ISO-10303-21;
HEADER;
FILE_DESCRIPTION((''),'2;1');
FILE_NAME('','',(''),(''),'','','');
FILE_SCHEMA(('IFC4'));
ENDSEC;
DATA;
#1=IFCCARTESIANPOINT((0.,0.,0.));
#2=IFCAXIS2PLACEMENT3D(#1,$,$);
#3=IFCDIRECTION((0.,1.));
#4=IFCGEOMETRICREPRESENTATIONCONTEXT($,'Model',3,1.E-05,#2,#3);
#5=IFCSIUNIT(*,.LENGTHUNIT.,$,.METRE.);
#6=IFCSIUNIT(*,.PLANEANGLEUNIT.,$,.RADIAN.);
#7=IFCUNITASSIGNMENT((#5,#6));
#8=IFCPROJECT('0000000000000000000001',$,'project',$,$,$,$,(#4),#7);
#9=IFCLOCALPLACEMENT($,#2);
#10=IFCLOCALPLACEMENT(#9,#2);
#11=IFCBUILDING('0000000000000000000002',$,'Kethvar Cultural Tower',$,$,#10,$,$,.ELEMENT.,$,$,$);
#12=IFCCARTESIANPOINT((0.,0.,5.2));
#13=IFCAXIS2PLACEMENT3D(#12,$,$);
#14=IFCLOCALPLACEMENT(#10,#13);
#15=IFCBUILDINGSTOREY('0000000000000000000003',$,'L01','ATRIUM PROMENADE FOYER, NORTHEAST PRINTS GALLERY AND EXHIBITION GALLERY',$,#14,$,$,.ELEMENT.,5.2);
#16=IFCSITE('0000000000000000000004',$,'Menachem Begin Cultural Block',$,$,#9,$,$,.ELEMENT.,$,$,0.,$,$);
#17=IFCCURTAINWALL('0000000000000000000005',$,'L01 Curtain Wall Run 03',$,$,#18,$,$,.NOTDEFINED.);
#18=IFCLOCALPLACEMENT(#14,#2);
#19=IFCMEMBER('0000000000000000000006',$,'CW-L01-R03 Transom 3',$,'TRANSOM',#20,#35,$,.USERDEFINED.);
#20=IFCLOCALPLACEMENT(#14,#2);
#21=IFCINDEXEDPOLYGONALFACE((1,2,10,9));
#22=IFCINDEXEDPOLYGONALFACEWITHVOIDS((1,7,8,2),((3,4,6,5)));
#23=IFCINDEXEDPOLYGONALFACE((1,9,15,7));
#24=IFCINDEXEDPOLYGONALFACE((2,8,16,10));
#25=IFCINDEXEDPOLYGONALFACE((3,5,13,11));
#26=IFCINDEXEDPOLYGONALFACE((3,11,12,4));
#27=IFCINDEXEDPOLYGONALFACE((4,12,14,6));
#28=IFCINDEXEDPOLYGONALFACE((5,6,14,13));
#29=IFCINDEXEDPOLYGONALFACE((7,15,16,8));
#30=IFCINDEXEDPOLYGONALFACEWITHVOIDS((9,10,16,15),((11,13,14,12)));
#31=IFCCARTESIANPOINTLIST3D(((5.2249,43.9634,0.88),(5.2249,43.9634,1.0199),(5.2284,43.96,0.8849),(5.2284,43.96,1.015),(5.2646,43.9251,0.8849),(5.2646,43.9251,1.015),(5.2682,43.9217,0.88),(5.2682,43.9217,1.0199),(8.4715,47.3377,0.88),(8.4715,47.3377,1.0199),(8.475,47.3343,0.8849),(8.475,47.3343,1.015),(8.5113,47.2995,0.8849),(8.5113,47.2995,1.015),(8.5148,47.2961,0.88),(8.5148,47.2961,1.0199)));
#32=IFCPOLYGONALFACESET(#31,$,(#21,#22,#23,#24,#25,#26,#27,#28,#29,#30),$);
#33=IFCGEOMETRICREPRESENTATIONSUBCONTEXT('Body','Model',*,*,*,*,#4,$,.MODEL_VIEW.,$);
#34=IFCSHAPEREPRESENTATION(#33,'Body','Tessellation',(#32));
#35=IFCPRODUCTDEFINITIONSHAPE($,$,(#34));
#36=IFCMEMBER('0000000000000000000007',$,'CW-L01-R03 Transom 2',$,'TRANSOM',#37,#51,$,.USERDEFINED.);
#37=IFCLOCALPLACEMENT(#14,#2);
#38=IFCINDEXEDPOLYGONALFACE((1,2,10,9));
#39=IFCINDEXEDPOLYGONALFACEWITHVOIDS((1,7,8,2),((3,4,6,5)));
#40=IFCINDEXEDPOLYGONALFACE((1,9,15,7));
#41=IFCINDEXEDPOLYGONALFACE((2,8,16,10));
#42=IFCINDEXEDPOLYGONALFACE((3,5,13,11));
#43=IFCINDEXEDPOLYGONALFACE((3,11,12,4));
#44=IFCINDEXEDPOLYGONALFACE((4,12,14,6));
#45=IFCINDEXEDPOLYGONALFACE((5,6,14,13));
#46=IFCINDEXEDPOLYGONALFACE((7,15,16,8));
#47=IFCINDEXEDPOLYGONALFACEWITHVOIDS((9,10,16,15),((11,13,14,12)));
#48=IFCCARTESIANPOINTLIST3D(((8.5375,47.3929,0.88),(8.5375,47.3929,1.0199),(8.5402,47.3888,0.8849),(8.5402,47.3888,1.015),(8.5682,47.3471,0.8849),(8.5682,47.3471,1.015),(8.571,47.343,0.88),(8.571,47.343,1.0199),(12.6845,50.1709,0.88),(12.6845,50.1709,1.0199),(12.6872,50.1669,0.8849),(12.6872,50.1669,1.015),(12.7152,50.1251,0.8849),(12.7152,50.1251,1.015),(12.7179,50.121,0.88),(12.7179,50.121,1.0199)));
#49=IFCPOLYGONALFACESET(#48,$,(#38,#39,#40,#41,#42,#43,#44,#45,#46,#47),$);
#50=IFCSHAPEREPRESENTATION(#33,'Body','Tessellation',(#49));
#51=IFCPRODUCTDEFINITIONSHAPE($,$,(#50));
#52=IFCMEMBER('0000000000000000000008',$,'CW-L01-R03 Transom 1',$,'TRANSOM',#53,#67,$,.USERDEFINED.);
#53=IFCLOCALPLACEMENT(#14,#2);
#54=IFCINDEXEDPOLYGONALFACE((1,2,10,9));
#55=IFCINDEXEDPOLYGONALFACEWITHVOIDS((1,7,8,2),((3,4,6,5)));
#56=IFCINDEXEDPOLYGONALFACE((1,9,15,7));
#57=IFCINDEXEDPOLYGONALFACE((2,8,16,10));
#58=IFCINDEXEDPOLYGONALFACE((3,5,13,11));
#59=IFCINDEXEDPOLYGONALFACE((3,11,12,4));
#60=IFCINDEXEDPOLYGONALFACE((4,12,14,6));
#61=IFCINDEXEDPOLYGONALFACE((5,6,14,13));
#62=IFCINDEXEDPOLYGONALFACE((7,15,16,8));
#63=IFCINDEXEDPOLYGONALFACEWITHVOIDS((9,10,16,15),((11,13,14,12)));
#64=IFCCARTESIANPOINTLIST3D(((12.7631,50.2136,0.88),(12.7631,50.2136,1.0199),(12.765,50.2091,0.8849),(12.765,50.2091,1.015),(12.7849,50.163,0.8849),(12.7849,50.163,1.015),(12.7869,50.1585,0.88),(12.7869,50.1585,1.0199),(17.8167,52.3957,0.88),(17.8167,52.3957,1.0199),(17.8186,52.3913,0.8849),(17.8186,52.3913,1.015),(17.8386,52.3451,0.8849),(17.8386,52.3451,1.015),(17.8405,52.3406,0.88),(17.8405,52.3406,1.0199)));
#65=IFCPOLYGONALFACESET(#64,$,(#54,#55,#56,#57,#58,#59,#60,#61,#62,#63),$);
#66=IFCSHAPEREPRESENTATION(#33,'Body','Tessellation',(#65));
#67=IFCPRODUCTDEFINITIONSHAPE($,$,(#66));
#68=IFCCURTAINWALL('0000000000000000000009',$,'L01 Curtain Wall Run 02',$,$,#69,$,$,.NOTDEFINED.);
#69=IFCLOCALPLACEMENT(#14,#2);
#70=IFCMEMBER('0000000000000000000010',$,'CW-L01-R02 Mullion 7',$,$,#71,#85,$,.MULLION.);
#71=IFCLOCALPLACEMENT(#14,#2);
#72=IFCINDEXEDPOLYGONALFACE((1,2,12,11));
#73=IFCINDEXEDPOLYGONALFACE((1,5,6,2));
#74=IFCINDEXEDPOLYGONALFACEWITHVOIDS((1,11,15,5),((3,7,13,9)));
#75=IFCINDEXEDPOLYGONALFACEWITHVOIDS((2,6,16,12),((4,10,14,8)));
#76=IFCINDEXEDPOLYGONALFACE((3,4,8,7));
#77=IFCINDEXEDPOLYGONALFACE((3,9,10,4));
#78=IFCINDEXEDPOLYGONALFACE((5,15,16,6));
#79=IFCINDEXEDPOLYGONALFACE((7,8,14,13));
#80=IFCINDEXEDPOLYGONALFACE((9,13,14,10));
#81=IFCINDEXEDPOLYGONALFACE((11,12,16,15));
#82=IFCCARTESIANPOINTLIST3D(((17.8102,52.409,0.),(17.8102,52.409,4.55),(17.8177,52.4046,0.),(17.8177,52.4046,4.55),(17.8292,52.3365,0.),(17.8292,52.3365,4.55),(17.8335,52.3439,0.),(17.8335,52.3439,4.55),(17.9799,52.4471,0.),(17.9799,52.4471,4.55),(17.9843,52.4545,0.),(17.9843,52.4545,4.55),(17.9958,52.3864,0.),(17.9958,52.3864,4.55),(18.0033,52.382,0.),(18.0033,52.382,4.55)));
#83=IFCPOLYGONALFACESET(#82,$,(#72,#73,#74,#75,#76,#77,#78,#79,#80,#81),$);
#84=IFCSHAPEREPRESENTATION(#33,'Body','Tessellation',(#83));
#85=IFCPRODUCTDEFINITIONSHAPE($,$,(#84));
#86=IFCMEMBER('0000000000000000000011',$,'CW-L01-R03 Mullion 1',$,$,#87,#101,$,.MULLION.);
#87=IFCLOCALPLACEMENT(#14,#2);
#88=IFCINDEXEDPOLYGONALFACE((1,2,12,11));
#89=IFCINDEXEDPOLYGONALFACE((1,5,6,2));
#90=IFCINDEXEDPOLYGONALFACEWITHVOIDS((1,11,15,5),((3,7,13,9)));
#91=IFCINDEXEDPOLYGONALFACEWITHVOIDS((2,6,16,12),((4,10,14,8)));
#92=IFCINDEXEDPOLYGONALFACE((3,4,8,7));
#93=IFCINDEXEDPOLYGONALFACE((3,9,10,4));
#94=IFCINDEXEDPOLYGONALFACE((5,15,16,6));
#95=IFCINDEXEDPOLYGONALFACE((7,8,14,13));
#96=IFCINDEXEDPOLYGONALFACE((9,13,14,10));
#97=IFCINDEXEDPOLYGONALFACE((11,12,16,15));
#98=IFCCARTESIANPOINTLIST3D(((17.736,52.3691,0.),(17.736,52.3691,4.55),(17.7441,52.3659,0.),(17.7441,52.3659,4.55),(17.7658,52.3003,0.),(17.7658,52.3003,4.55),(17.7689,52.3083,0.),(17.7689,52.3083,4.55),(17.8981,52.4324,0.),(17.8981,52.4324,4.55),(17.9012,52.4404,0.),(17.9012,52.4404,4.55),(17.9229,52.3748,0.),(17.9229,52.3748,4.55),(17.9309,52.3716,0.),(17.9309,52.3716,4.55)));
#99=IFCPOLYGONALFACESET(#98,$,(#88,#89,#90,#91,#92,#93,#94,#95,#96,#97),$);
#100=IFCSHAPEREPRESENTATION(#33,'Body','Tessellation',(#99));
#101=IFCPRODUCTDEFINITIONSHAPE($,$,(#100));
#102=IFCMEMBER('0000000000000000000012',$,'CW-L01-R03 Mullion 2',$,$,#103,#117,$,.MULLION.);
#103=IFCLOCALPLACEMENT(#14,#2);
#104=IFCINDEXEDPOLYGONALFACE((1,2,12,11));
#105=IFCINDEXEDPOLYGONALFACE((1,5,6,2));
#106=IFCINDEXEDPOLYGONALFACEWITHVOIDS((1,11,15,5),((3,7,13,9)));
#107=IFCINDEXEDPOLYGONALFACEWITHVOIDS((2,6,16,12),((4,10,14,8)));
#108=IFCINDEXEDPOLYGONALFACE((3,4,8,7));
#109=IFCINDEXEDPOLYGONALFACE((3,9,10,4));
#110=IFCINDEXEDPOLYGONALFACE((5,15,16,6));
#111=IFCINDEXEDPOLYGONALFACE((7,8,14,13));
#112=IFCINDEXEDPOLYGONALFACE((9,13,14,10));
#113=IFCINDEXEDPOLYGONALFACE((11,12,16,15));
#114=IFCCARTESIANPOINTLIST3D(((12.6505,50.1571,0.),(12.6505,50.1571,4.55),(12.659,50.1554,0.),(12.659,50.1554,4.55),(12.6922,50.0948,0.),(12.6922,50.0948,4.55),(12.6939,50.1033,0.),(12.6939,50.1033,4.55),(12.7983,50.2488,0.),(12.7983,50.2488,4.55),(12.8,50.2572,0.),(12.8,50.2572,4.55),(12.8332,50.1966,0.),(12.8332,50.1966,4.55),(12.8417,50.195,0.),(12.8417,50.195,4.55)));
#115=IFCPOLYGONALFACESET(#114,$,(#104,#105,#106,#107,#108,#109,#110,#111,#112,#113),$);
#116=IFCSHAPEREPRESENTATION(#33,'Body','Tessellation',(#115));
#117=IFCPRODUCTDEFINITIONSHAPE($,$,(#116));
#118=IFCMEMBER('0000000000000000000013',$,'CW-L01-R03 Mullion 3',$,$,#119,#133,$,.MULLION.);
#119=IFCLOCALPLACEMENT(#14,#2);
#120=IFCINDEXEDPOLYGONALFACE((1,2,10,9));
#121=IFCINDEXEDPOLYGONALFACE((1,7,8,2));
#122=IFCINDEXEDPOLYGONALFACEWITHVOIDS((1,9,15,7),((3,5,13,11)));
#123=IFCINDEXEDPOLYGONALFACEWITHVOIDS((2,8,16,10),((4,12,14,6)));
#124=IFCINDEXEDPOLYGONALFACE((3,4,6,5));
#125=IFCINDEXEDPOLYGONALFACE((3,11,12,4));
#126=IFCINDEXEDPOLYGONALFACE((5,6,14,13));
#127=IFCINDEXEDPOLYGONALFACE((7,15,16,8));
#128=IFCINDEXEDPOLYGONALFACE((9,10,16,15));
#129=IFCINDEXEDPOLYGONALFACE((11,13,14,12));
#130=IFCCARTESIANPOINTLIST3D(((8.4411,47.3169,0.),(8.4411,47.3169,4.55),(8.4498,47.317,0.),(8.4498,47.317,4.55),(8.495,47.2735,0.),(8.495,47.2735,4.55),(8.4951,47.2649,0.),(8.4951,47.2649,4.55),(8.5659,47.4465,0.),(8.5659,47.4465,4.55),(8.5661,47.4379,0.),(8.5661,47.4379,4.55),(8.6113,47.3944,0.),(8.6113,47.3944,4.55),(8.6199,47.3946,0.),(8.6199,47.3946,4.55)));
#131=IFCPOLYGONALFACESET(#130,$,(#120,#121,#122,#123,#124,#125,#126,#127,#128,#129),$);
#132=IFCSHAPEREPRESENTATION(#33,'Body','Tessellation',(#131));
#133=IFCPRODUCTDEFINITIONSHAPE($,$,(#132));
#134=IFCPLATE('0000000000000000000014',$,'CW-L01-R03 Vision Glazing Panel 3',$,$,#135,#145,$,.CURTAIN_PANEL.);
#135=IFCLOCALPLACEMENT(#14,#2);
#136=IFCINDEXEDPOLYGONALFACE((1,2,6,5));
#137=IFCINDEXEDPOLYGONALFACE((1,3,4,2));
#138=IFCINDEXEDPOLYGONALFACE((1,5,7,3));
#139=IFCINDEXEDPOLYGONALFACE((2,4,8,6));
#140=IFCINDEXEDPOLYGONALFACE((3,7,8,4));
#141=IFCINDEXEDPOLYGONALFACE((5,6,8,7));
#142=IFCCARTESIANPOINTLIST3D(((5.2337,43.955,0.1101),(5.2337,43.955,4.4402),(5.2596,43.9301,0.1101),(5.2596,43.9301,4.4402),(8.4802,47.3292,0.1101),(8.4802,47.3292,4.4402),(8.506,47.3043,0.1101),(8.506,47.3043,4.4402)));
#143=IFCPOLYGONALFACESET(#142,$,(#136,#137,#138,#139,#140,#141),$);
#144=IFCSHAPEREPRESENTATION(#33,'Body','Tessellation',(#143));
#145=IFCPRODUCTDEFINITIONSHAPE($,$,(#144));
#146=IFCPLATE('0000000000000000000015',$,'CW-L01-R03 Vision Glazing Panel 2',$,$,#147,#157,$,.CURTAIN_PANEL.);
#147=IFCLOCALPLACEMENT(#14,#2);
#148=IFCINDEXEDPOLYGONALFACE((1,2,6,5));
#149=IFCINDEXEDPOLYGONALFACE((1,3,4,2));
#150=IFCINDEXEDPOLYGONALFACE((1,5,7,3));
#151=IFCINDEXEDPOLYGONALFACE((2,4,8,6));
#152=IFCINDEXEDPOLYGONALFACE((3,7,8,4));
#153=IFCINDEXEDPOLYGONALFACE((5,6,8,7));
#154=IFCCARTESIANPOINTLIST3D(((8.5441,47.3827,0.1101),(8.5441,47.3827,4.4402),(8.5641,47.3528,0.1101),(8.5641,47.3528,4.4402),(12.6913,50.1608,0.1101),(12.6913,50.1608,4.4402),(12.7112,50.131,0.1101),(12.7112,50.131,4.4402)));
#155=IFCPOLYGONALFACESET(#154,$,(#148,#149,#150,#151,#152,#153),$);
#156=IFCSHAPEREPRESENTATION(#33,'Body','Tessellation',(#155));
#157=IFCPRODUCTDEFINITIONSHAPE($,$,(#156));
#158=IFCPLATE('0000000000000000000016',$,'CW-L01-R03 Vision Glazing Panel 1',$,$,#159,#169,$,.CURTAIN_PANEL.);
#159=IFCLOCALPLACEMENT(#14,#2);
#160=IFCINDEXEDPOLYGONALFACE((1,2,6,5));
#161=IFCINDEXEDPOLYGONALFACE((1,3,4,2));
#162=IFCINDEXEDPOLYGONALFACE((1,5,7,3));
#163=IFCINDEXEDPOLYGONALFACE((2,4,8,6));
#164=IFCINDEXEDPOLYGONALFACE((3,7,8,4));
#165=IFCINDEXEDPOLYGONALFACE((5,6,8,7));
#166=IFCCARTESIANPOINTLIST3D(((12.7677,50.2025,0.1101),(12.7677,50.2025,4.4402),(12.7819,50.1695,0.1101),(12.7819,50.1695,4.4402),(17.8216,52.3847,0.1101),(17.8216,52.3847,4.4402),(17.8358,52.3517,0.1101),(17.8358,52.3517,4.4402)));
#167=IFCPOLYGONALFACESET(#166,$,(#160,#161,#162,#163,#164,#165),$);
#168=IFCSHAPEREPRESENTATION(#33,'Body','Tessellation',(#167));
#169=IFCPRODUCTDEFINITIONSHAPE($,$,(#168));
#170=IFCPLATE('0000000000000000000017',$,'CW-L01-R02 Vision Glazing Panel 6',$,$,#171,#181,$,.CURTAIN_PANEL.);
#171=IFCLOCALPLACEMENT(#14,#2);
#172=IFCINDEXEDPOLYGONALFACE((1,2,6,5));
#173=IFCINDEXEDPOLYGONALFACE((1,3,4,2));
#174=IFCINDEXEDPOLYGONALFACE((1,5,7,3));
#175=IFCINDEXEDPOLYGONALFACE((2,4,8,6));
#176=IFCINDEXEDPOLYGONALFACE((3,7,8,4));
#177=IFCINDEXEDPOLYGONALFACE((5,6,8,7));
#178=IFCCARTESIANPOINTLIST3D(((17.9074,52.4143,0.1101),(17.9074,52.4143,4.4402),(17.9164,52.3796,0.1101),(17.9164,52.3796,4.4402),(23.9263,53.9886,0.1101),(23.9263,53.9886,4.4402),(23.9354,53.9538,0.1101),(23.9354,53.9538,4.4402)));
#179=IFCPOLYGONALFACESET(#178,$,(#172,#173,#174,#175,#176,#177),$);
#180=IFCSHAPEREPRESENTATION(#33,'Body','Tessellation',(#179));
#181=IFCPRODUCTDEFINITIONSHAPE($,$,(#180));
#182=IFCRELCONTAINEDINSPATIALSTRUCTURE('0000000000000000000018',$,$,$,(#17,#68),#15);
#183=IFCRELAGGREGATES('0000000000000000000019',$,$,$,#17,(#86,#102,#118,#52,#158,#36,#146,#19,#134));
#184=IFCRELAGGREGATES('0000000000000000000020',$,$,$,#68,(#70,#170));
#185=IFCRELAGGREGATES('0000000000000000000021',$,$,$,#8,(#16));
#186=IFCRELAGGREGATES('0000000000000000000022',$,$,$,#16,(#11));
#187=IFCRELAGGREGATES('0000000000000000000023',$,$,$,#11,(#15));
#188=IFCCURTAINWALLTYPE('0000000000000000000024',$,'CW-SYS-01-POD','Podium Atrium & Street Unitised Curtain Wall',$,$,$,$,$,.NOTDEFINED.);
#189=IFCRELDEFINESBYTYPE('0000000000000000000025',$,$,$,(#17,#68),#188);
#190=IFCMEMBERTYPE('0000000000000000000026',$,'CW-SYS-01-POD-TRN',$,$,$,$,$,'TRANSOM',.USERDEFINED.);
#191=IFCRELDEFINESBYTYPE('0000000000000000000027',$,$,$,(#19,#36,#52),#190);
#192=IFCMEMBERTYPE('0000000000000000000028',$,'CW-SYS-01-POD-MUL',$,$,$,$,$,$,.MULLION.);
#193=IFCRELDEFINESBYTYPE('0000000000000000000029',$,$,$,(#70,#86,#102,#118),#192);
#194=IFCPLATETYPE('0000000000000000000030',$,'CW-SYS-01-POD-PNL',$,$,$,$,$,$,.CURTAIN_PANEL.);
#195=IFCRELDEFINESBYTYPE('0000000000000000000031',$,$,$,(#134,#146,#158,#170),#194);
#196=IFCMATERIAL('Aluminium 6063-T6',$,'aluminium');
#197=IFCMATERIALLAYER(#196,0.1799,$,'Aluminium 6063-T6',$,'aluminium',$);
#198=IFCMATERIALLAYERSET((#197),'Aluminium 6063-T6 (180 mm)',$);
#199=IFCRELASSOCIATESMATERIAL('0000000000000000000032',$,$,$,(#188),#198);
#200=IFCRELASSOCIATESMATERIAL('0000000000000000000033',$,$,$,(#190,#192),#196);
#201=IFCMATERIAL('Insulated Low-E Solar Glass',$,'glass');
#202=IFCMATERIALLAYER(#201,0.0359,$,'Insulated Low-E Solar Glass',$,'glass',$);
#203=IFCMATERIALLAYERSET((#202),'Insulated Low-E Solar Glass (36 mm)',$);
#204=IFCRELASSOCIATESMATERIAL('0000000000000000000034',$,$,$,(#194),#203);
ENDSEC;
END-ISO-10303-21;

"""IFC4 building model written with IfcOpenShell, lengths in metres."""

from ifc_helpers import new_model, si_unit, direction, frame, origin, origin_2d, place, context, subcontext, project, spatial, rectangle, hollow_rectangle, extrude, source, transform, mapped, material, layer, layer_set, material_profile, profile_set, type_object, element, aggregate, save


model = new_model("IFC4")

# Units and contexts
model_context = context("Model", 3, precision=1e-05, world=origin(), true_north=direction((0.0, 1.0)))
body_context = subcontext(model_context, "Body", "Model", "MODEL_VIEW")
ifc_project = project(units=[si_unit("LENGTHUNIT", "METRE"), si_unit("PLANEANGLEUNIT", "RADIAN")], contexts=[model_context])

# Site, building, storey
site_placement = place(None, origin())
site = spatial("IfcSite", under=ifc_project, at=site_placement, Name="Menachem Begin Cultural Block", CompositionType="ELEMENT", RefElevation=0.0)
building_placement = place(site_placement, origin())
building = spatial("IfcBuilding", under=site, at=building_placement, Name="Kethvar Cultural Tower", CompositionType="ELEMENT")
storey_placement = place(building_placement, frame((0.0, 0.0, 5.2)))
storey = spatial("IfcBuildingStorey", under=building, at=storey_placement, Name="L01", Description="ATRIUM PROMENADE FOYER, NORTHEAST PRINTS GALLERY AND EXHIBITION GALLERY", CompositionType="ELEMENT", Elevation=5.2)

# Curtain wall, members
ifc_material_1 = material(Name="Aluminium 6063-T6", Category="aluminium")
ifc_layer_1 = layer(ifc_material_1, 0.1799, Name="Aluminium 6063-T6", Category="aluminium")
ifc_layer_set_1 = layer_set([ifc_layer_1], Name="Aluminium 6063-T6 (180 mm)")
curtain_wall_type = type_object("IfcCurtainWallType", Name="CW-SYS-01-POD", Description="Podium Atrium & Street Unitised Curtain Wall", PredefinedType="NOTDEFINED", material=ifc_layer_set_1)
curtain_wall_1_placement = place(storey_placement, origin())
curtain_wall_1 = element("IfcCurtainWall", 1, at=curtain_wall_1_placement, inside=storey, type_object=curtain_wall_type, Name="L01 Curtain Wall Run 03", PredefinedType="NOTDEFINED")
ifc_material_profile_1 = material_profile(ifc_material_1, hollow_rectangle(XDim=0.0601, YDim=0.1399, WallThickness=0.0049, at=origin_2d()), Name="Aluminium 6063-T6 — RHS140x60x5")
ifc_profile_set_1 = profile_set([ifc_material_profile_1], Name="Aluminium 6063-T6 — RHS140x60x5")
member_type_1 = type_object("IfcMemberType", Name="CW-SYS-01-POD-TRN", ElementType="TRANSOM", PredefinedType="USERDEFINED", material=ifc_profile_set_1)
shared_shape_1 = source(origin(), body_context, "Body", "SweptSolid", [
    extrude(hollow_rectangle(XDim=0.0601, YDim=0.1399, WallThickness=0.0049, at=origin_2d()), origin(), (0.0, 0.0, 1.0), 4.6826),
])
member_1_placement = place(storey_placement, frame((8.4932, 47.3169, 0.95), z_axis=(-0.693341, -0.72061, 0.0), x_axis=(0.72061, -0.693341, 0.0)))
member_1 = element("IfcMember", 2, at=member_1_placement, type_object=member_type_1, Name="CW-L01-R03 Transom 3", ObjectType="TRANSOM", PredefinedType="USERDEFINED", context=body_context, shape_type="MappedRepresentation", body=[
    mapped(shared_shape_1, transform((0.0, 0.0, 0.0), scale=1.0)),
])
shared_shape_2 = source(origin(), body_context, "Body", "SweptSolid", [
    extrude(hollow_rectangle(XDim=0.0601, YDim=0.1399, WallThickness=0.0049, at=origin_2d()), origin(), (0.0, 0.0, 1.0), 4.9915),
])
member_2_placement = place(storey_placement, frame((12.7012, 50.146, 0.95), z_axis=(-0.830807, -0.556561, 0.0), x_axis=(0.556561, -0.830807, 0.0)))
member_2 = element("IfcMember", 3, at=member_2_placement, type_object=member_type_1, Name="CW-L01-R03 Transom 2", ObjectType="TRANSOM", PredefinedType="USERDEFINED", context=body_context, shape_type="MappedRepresentation", body=[
    mapped(shared_shape_2, transform((0.0, 0.0, 0.0), scale=1.0)),
])
shared_shape_3 = source(origin(), body_context, "Body", "SweptSolid", [
    extrude(hollow_rectangle(XDim=0.0601, YDim=0.1399, WallThickness=0.0049, at=origin_2d()), origin(), (0.0, 0.0, 1.0), 5.5046),
])
member_3_placement = place(storey_placement, frame((17.8286, 52.3682, 0.95), z_axis=(-0.918073, -0.396412, 0.0), x_axis=(0.396412, -0.918073, 0.0)))
member_3 = element("IfcMember", 4, at=member_3_placement, type_object=member_type_1, Name="CW-L01-R03 Transom 1", ObjectType="TRANSOM", PredefinedType="USERDEFINED", context=body_context, shape_type="MappedRepresentation", body=[
    mapped(shared_shape_3, transform((0.0, 0.0, 0.0), scale=1.0)),
])

# Curtain wall, member
curtain_wall_2_placement = place(storey_placement, origin())
curtain_wall_2 = element("IfcCurtainWall", 5, at=curtain_wall_2_placement, inside=storey, type_object=curtain_wall_type, Name="L01 Curtain Wall Run 02", PredefinedType="NOTDEFINED")
ifc_material_profile_2 = material_profile(ifc_material_1, hollow_rectangle(XDim=0.075, YDim=0.1799, WallThickness=0.0061, at=origin_2d()), Name="Aluminium 6063-T6 — RHS180x75x6")
ifc_profile_set_2 = profile_set([ifc_material_profile_2], Name="Aluminium 6063-T6 — RHS180x75x6")
member_type_2 = type_object("IfcMemberType", Name="CW-SYS-01-POD-MUL", PredefinedType="MULLION", material=ifc_profile_set_2)
shared_shape_4 = source(origin(), body_context, "Body", "SweptSolid", [
    extrude(hollow_rectangle(XDim=0.075, YDim=0.1799, WallThickness=0.0061, at=origin_2d()), origin(), (0.0, 0.0, 1.0), 4.55),
])
member_4_placement = place(storey_placement, frame((17.9067, 52.3955, 0.0), z_axis=(0.0, 0.0, 1.0), x_axis=(0.253032, -0.967458, 0.0)))
member_4 = element("IfcMember", 6, at=member_4_placement, type_object=member_type_2, Name="CW-L01-R02 Mullion 7", PredefinedType="MULLION", context=body_context, shape_type="MappedRepresentation", body=[
    mapped(shared_shape_4, transform((0.0, 0.0, 0.0), scale=1.0)),
])

# Members
member_5_placement = place(storey_placement, frame((17.8335, 52.3704, 0.0), z_axis=(0.0, 0.0, 1.0), x_axis=(0.396411, -0.918073, 0.0)))
member_5 = element("IfcMember", 7, at=member_5_placement, type_object=member_type_2, Name="CW-L01-R03 Mullion 1", PredefinedType="MULLION", context=body_context, shape_type="MappedRepresentation", body=[
    mapped(shared_shape_4, transform((0.0, 0.0, 0.0), scale=1.0)),
])
member_6_placement = place(storey_placement, frame((12.7461, 50.176, 0.0), z_axis=(0.0, 0.0, 1.0), x_axis=(0.556557, -0.83081, 0.0)))
member_6 = element("IfcMember", 8, at=member_6_placement, type_object=member_type_2, Name="CW-L01-R03 Mullion 2", PredefinedType="MULLION", context=body_context, shape_type="MappedRepresentation", body=[
    mapped(shared_shape_4, transform((0.0, 0.0, 0.0), scale=1.0)),
])
member_7_placement = place(storey_placement, frame((8.5305, 47.3557, 0.0), z_axis=(0.0, 0.0, 1.0), x_axis=(0.720612, -0.693339, 0.0)))
member_7 = element("IfcMember", 9, at=member_7_placement, type_object=member_type_2, Name="CW-L01-R03 Mullion 3", PredefinedType="MULLION", context=body_context, shape_type="MappedRepresentation", body=[
    mapped(shared_shape_4, transform((0.0, 0.0, 0.0), scale=1.0)),
])

# Plates
ifc_material_2 = material(Name="Insulated Low-E Solar Glass", Category="glass")
ifc_layer_2 = layer(ifc_material_2, 0.0359, Name="Insulated Low-E Solar Glass", Category="glass")
ifc_layer_set_2 = layer_set([ifc_layer_2], Name="Insulated Low-E Solar Glass (36 mm)")
plate_type = type_object("IfcPlateType", Name="CW-SYS-01-POD-PNL", PredefinedType="CURTAIN_PANEL", material=ifc_layer_set_2)
shared_shape_5 = source(origin(), body_context, "Body", "SweptSolid", [
    extrude(rectangle(XDim=4.6824, YDim=0.0359, at=origin_2d()), origin(), (0.0, 0.0, 1.0), 4.3301),
])
plate_1_placement = place(storey_placement, frame((6.8699, 45.6296, 0.1101), z_axis=(0.0, 0.0, 1.0), x_axis=(-0.693339, -0.720612, 0.0)))
plate_1 = element("IfcPlate", 10, at=plate_1_placement, type_object=plate_type, Name="CW-L01-R03 Vision Glazing Panel 3", PredefinedType="CURTAIN_PANEL", context=body_context, shape_type="MappedRepresentation", body=[
    mapped(shared_shape_5, transform((0.0, 0.0, 0.0), scale=1.0)),
])
shared_shape_6 = source(origin(), body_context, "Body", "SweptSolid", [
    extrude(rectangle(XDim=4.9917, YDim=0.0359, at=origin_2d()), origin(), (0.0, 0.0, 1.0), 4.3301),
])
plate_2_placement = place(storey_placement, frame((10.6277, 48.7568, 0.1101), z_axis=(0.0, 0.0, 1.0), x_axis=(-0.83081, -0.556557, 0.0)))
plate_2 = element("IfcPlate", 11, at=plate_2_placement, type_object=plate_type, Name="CW-L01-R03 Vision Glazing Panel 2", PredefinedType="CURTAIN_PANEL", context=body_context, shape_type="MappedRepresentation", body=[
    mapped(shared_shape_6, transform((0.0, 0.0, 0.0), scale=1.0)),
])
shared_shape_7 = source(origin(), body_context, "Body", "SweptSolid", [
    extrude(rectangle(XDim=5.5049, YDim=0.0359, at=origin_2d()), origin(), (0.0, 0.0, 1.0), 4.3301),
])
plate_3_placement = place(storey_placement, frame((15.3018, 51.2771, 0.1101), z_axis=(0.0, 0.0, 1.0), x_axis=(-0.918073, -0.396411, 0.0)))
plate_3 = element("IfcPlate", 12, at=plate_3_placement, type_object=plate_type, Name="CW-L01-R03 Vision Glazing Panel 1", PredefinedType="CURTAIN_PANEL", context=body_context, shape_type="MappedRepresentation", body=[
    mapped(shared_shape_7, transform((0.0, 0.0, 0.0), scale=1.0)),
])
aggregate(curtain_wall_1, [member_5, member_6, member_7, member_3, plate_3, member_2, plate_2, member_1, plate_1])
shared_shape_8 = source(origin(), body_context, "Body", "SweptSolid", [
    extrude(rectangle(XDim=6.2214, YDim=0.0359, at=origin_2d()), origin(), (0.0, 0.0, 1.0), 4.3301),
])
plate_4_placement = place(storey_placement, frame((20.9214, 53.1841, 0.1101), z_axis=(0.0, 0.0, 1.0), x_axis=(-0.967458, -0.253032, 0.0)))
plate_4 = element("IfcPlate", 13, at=plate_4_placement, type_object=plate_type, Name="CW-L01-R02 Vision Glazing Panel 6", PredefinedType="CURTAIN_PANEL", context=body_context, shape_type="MappedRepresentation", body=[
    mapped(shared_shape_8, transform((0.0, 0.0, 0.0), scale=1.0)),
])
aggregate(curtain_wall_2, [member_4, plate_4])

save(model, "model.ifc")
